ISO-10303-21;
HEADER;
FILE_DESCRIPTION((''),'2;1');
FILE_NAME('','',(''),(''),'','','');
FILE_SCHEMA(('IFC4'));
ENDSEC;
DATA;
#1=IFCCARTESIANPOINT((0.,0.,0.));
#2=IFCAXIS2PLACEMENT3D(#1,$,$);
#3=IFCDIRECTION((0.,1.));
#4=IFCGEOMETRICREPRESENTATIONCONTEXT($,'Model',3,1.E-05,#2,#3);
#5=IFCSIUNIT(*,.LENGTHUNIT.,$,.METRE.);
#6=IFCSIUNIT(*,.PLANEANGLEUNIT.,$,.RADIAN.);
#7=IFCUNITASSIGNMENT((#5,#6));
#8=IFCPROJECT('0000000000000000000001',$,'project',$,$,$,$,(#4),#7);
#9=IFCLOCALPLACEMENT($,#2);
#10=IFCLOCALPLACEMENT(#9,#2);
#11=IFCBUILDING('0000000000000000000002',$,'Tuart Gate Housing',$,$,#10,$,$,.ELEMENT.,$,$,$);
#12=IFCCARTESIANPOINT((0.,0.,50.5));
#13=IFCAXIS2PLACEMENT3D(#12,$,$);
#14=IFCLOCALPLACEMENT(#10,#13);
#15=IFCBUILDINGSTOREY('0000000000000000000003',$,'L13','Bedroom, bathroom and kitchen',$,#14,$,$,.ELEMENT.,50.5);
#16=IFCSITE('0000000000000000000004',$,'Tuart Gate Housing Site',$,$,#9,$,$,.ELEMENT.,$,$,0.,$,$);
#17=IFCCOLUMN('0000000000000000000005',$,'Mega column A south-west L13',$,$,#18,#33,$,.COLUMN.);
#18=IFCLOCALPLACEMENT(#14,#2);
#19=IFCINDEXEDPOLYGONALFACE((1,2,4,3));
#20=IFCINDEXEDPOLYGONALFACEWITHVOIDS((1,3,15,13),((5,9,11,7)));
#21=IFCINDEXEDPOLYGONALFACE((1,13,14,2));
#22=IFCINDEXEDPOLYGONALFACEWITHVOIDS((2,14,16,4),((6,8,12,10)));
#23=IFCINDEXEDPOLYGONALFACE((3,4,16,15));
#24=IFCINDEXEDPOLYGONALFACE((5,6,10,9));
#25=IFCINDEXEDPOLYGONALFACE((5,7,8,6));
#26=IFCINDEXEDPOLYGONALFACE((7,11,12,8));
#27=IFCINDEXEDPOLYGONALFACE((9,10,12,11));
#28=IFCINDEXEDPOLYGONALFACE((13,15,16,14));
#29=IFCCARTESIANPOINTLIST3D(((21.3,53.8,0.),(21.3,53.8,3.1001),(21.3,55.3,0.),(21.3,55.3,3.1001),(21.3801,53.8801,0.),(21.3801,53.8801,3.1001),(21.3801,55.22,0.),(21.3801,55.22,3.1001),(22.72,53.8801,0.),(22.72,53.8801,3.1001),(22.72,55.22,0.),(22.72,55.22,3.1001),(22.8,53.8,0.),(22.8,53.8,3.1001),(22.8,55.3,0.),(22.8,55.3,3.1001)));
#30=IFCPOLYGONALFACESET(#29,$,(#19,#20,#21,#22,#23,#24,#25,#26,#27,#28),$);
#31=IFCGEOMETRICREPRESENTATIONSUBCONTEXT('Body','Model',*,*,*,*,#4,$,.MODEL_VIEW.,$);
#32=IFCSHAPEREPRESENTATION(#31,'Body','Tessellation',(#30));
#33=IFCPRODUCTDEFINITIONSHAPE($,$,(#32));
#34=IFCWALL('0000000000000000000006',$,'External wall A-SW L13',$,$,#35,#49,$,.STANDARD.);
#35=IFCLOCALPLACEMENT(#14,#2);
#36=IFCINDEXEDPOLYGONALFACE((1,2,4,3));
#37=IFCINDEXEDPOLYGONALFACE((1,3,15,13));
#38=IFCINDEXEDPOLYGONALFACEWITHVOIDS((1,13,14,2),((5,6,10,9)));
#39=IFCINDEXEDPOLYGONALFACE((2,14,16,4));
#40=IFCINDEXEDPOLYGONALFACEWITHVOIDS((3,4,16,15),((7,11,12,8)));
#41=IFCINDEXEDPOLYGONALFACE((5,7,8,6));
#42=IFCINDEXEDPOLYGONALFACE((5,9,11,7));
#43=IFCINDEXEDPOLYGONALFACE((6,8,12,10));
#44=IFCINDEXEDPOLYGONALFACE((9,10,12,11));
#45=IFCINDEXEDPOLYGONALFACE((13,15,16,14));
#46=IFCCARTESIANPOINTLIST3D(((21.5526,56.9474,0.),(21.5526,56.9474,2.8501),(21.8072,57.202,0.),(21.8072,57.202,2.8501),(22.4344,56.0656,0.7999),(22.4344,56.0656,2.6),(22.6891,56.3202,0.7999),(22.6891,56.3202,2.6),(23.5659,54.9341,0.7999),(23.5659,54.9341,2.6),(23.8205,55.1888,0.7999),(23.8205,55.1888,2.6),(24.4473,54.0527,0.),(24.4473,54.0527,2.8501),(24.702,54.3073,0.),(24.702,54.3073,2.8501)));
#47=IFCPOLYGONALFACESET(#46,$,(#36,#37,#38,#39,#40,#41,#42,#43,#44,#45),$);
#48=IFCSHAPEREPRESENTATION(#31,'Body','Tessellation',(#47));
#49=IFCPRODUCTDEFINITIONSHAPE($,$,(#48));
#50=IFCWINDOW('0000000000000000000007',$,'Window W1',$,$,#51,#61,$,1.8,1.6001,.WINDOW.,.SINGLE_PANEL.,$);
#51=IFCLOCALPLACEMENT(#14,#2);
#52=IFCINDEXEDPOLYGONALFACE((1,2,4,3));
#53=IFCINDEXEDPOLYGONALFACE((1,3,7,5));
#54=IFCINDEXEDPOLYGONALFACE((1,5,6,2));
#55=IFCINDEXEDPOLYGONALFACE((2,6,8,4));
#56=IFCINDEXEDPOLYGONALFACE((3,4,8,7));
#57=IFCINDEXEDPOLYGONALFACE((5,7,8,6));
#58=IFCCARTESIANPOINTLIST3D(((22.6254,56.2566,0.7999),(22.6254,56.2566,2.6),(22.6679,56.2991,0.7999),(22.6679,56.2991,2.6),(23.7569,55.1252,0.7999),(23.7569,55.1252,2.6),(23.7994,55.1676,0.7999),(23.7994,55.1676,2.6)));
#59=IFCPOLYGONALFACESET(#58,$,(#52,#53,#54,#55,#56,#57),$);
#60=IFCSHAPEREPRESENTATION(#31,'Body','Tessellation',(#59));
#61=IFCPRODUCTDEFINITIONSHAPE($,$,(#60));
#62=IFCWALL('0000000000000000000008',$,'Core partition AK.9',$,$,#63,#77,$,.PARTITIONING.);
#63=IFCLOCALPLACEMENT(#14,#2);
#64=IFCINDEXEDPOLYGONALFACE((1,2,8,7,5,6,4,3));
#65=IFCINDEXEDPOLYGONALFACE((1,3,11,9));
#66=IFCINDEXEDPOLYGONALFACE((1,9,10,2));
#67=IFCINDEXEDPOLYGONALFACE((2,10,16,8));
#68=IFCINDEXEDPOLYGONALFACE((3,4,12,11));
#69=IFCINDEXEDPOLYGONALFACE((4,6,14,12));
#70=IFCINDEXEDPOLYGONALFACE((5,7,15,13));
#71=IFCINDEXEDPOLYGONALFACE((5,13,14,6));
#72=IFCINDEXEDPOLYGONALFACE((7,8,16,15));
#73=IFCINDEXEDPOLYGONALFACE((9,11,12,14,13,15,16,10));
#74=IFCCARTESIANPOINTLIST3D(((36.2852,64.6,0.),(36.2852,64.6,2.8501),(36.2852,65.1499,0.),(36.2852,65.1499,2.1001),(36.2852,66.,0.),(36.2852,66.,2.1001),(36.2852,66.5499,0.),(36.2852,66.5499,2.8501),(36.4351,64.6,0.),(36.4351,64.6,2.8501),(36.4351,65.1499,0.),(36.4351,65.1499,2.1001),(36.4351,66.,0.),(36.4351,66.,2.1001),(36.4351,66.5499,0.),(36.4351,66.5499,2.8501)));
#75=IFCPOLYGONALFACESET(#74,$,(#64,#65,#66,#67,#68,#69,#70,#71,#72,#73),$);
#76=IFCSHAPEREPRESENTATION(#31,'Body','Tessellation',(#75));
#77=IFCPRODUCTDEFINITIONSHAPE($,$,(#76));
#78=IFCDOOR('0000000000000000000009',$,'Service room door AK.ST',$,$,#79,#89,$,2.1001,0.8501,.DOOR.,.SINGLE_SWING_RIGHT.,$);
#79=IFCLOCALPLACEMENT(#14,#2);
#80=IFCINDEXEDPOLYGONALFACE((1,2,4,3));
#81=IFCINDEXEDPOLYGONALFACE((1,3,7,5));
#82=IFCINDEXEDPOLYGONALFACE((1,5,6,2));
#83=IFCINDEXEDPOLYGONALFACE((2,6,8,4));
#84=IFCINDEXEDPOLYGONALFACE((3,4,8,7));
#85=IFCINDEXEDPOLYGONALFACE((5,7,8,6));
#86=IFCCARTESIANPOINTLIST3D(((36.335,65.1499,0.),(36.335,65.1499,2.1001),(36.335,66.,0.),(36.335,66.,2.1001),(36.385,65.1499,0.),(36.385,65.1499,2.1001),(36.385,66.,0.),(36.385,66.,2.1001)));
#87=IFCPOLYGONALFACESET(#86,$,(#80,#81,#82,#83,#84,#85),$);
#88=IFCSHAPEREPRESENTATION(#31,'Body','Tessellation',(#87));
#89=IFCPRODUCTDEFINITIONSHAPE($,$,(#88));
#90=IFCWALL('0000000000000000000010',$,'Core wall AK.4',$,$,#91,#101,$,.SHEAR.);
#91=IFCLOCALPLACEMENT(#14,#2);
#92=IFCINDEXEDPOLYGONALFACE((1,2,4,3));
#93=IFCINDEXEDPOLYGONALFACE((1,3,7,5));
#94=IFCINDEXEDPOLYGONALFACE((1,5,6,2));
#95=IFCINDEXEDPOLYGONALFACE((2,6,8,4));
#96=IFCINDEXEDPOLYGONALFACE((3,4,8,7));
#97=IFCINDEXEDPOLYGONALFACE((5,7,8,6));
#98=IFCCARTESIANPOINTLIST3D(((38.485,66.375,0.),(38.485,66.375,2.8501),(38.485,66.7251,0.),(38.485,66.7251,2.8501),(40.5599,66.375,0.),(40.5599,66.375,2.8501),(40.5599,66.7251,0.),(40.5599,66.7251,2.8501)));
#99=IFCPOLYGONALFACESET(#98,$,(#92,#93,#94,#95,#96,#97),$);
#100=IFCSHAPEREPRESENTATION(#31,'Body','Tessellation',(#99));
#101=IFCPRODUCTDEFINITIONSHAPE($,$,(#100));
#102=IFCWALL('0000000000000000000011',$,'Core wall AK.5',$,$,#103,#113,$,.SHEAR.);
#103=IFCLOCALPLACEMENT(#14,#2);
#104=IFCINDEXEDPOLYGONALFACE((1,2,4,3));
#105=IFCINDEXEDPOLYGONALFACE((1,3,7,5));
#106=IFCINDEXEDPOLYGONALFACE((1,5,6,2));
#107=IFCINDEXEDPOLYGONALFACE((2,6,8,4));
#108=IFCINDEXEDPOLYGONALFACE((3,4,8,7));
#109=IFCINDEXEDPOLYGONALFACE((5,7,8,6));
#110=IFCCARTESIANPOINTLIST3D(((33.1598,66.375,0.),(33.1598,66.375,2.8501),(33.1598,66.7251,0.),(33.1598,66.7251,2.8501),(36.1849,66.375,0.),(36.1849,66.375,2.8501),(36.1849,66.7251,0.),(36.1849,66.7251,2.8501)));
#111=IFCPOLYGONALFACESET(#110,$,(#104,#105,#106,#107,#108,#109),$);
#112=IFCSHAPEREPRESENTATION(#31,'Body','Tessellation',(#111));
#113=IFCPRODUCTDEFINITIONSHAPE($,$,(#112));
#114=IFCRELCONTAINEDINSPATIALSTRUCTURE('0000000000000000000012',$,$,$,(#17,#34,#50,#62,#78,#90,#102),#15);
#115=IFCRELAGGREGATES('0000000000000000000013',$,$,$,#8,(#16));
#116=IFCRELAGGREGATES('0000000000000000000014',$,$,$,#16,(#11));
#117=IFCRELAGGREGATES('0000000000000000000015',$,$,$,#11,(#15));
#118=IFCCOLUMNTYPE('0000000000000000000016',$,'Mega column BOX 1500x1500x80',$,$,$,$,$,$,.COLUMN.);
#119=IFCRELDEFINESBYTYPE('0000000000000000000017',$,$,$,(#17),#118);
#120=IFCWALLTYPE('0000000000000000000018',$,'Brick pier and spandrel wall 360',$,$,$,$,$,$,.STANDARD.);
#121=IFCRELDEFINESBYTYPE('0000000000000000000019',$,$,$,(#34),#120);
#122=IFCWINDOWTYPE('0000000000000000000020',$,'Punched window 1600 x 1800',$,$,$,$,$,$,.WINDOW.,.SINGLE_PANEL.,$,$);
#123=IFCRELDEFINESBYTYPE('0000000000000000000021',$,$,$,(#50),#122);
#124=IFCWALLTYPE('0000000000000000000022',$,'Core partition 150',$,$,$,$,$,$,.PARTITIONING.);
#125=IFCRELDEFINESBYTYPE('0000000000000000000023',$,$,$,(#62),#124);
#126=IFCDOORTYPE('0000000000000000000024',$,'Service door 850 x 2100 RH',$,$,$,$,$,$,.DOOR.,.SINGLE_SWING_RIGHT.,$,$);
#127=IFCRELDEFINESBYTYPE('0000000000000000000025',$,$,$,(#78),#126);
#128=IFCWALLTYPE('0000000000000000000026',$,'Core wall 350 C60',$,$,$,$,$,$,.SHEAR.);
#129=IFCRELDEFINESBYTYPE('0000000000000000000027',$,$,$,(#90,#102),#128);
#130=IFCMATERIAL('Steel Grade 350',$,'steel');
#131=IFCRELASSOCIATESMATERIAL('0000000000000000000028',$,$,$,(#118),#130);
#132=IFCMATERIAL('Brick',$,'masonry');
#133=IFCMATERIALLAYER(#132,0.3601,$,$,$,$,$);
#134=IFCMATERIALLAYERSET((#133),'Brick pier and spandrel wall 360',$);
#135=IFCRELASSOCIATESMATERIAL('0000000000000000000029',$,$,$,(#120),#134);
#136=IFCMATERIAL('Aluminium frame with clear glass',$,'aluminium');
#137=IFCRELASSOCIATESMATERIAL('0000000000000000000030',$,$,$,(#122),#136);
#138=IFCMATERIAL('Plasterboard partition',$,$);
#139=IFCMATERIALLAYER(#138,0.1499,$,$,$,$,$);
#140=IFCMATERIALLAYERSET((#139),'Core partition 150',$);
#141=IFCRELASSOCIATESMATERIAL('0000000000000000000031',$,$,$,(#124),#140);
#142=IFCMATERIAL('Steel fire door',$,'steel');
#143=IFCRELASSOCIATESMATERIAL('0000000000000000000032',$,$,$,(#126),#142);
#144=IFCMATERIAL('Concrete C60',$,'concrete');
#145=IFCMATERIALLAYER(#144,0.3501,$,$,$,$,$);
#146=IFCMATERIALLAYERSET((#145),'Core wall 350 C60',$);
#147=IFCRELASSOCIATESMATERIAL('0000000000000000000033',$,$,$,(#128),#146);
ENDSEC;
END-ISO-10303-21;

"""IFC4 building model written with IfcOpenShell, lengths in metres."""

from ifc_helpers import new_model, si_unit, direction, frame, frame_2d, origin, origin_2d, place, context, subcontext, project, spatial, rectangle, hollow_rectangle, extrude, material, layer, layer_set, material_profile, profile_set, type_object, element, fill, save


model = new_model("IFC4")

# Units and contexts
model_context = context("Model", 3, precision=1e-05, world=origin(), true_north=direction((0.0, 1.0)))
body_context = subcontext(model_context, "Body", "Model", "MODEL_VIEW")
ifc_project = project(units=[si_unit("LENGTHUNIT", "METRE"), si_unit("PLANEANGLEUNIT", "RADIAN")], contexts=[model_context])

# Site, building, storey
site_placement = place(None, origin())
site = spatial("IfcSite", under=ifc_project, at=site_placement, Name="Tuart Gate Housing Site", CompositionType="ELEMENT", RefElevation=0.0)
building_placement = place(site_placement, origin())
building = spatial("IfcBuilding", under=site, at=building_placement, Name="Tuart Gate Housing", CompositionType="ELEMENT")
storey_placement = place(building_placement, frame((0.0, 0.0, 50.5)))
storey = spatial("IfcBuildingStorey", under=building, at=storey_placement, Name="L13", Description="Bedroom, bathroom and kitchen", CompositionType="ELEMENT", Elevation=50.5)

# Column
ifc_material_1 = material(Name="Steel Grade 350", Category="steel")
ifc_material_profile = material_profile(ifc_material_1, hollow_rectangle(XDim=1.5, YDim=1.5, WallThickness=0.0801, at=origin_2d()), Name="BOX 1500x1500x80")
ifc_profile_set = profile_set([ifc_material_profile], Name="Steel Grade 350")
column_type = type_object("IfcColumnType", Name="Mega column BOX 1500x1500x80", PredefinedType="COLUMN", material=ifc_profile_set)
column_placement = place(storey_placement, frame((22.05, 54.55, 0.0), z_axis=(0.0, 0.0, 1.0), x_axis=(1.0, 0.0, 0.0)))
element("IfcColumn", 1, at=column_placement, inside=storey, type_object=column_type, Name="Mega column A south-west L13", PredefinedType="COLUMN", context=body_context, shape_type="SweptSolid", body=[
    extrude(hollow_rectangle(XDim=1.5, YDim=1.5, WallThickness=0.0801, at=origin_2d()), origin(), (0.0, 0.0, 1.0), 3.1001),
])

# Wall, opening, window
ifc_material_2 = material(Name="Brick", Category="masonry")
ifc_layer_1 = layer(ifc_material_2, 0.3601)
ifc_layer_set_1 = layer_set([ifc_layer_1], Name="Brick pier and spandrel wall 360")
wall_type_1 = type_object("IfcWallType", Name="Brick pier and spandrel wall 360", PredefinedType="STANDARD", material=ifc_layer_set_1)
wall_1_placement = place(storey_placement, frame((21.6799, 57.0747, 0.0), z_axis=(0.0, 0.0, 1.0), x_axis=(0.707107, -0.707107, 0.0)))
wall_1 = element("IfcWall", 2, at=wall_1_placement, inside=storey, type_object=wall_type_1, Name="External wall A-SW L13", PredefinedType="STANDARD", context=body_context, shape_type="SweptSolid", body=[
    extrude(rectangle(XDim=4.0938, YDim=0.3601, at=frame_2d((2.0469, 0.0))), origin(), (0.0, 0.0, 1.0), 2.8501),
])
opening_1_placement = place(wall_1_placement, frame((1.2471, 0.0, 0.8)))
opening_1 = element("IfcOpeningElement", 3, at=opening_1_placement, cuts=wall_1, PredefinedType="OPENING", context=body_context, shape_type="SweptSolid", body=[
    extrude(rectangle(XDim=1.6001, YDim=1.8, at=frame_2d((0.8, 0.8999))), frame((0.0, 0.1899, 0.0), z_axis=(0.0, -1.0, 0.0), x_axis=(1.0, 0.0, 0.0)), (0.0, 0.0, 1.0), 0.3801),
])
ifc_material_3 = material(Name="Aluminium frame with clear glass", Category="aluminium")
window_type = type_object("IfcWindowType", Name="Punched window 1600 x 1800", PartitioningType="SINGLE_PANEL", PredefinedType="WINDOW", material=ifc_material_3)
window_placement = place(opening_1_placement, origin())
window = element("IfcWindow", 4, at=window_placement, inside=storey, type_object=window_type, Name="Window W1", OverallHeight=1.8, OverallWidth=1.6001, PartitioningType="SINGLE_PANEL", PredefinedType="WINDOW", context=body_context, shape_type="SweptSolid", body=[
    extrude(rectangle(XDim=1.6001, YDim=1.8, at=frame_2d((0.8, 0.8999))), frame((0.0, 0.1501, 0.0), z_axis=(0.0, -1.0, 0.0), x_axis=(1.0, 0.0, 0.0)), (0.0, 0.0, 1.0), 0.0601),
])
fill(opening_1, window)

# Wall, opening, door
ifc_material_4 = material(Name="Plasterboard partition")
ifc_layer_2 = layer(ifc_material_4, 0.1499)
ifc_layer_set_2 = layer_set([ifc_layer_2], Name="Core partition 150")
wall_type_2 = type_object("IfcWallType", Name="Core partition 150", PredefinedType="PARTITIONING", material=ifc_layer_set_2)
wall_2_placement = place(storey_placement, frame((36.3601, 66.55, 0.0), z_axis=(0.0, 0.0, 1.0), x_axis=(0.0, -1.0, 0.0)))
wall_2 = element("IfcWall", 5, at=wall_2_placement, inside=storey, type_object=wall_type_2, Name="Core partition AK.9", PredefinedType="PARTITIONING", context=body_context, shape_type="SweptSolid", body=[
    extrude(rectangle(XDim=1.95, YDim=0.1499, at=frame_2d((0.9751, 0.0))), origin(), (0.0, 0.0, 1.0), 2.8501),
])
opening_2_placement = place(wall_2_placement, frame((0.55, 0.0, 0.0)))
opening_2 = element("IfcOpeningElement", 6, at=opening_2_placement, cuts=wall_2, PredefinedType="OPENING", context=body_context, shape_type="SweptSolid", body=[
    extrude(rectangle(XDim=0.8501, YDim=2.1001, at=frame_2d((0.425, 1.05))), frame((0.0, 0.085, 0.0), z_axis=(0.0, -1.0, 0.0), x_axis=(1.0, 0.0, 0.0)), (0.0, 0.0, 1.0), 0.1699),
])
ifc_material_5 = material(Name="Steel fire door", Category="steel")
door_type_1 = type_object("IfcDoorType", Name="Service door 850 x 2100 RH", OperationType="SINGLE_SWING_RIGHT", PredefinedType="DOOR", material=ifc_material_5)
door_1_placement = place(opening_2_placement, frame((0.8501, 0.0, 0.0), z_axis=(0.0, 0.0, 1.0), x_axis=(-1.0, 0.0, 0.0)))
door_1 = element("IfcDoor", 7, at=door_1_placement, inside=storey, type_object=door_type_1, Name="Service room door AK.ST", OperationType="SINGLE_SWING_RIGHT", OverallHeight=2.1001, OverallWidth=0.8501, PredefinedType="DOOR", context=body_context, shape_type="SweptSolid", body=[
    extrude(rectangle(XDim=0.8501, YDim=2.1001, at=frame_2d((0.425, 1.05))), frame((0.0, 0.0251, 0.0), z_axis=(0.0, -1.0, 0.0), x_axis=(1.0, 0.0, 0.0)), (0.0, 0.0, 1.0), 0.05),
])
fill(opening_2, door_1)

# Walls
ifc_material_6 = material(Name="Concrete C60", Category="concrete")
ifc_layer_3 = layer(ifc_material_6, 0.3501)
ifc_layer_set_3 = layer_set([ifc_layer_3], Name="Core wall 350 C60")
wall_type_3 = type_object("IfcWallType", Name="Core wall 350 C60", PredefinedType="SHEAR", material=ifc_layer_set_3)
wall_3_placement = place(storey_placement, frame((40.5601, 66.55, 0.0), z_axis=(0.0, 0.0, 1.0), x_axis=(-1.0, 0.0, 0.0)))
element("IfcWall", 8, at=wall_3_placement, inside=storey, type_object=wall_type_3, Name="Core wall AK.4", PredefinedType="SHEAR", context=body_context, shape_type="SweptSolid", body=[
    extrude(rectangle(XDim=2.075, YDim=0.3501, at=frame_2d((1.0376, 0.0))), origin(), (0.0, 0.0, 1.0), 2.8501),
])
wall_4_placement = place(storey_placement, frame((36.1851, 66.55, 0.0), z_axis=(0.0, 0.0, 1.0), x_axis=(-1.0, 0.0, 0.0)))
element("IfcWall", 9, at=wall_4_placement, inside=storey, type_object=wall_type_3, Name="Core wall AK.5", PredefinedType="SHEAR", context=body_context, shape_type="SweptSolid", body=[
    extrude(rectangle(XDim=3.0251, YDim=0.3501, at=frame_2d((1.5127, 0.0))), origin(), (0.0, 0.0, 1.0), 2.8501),
])

save(model, "model.ifc")
